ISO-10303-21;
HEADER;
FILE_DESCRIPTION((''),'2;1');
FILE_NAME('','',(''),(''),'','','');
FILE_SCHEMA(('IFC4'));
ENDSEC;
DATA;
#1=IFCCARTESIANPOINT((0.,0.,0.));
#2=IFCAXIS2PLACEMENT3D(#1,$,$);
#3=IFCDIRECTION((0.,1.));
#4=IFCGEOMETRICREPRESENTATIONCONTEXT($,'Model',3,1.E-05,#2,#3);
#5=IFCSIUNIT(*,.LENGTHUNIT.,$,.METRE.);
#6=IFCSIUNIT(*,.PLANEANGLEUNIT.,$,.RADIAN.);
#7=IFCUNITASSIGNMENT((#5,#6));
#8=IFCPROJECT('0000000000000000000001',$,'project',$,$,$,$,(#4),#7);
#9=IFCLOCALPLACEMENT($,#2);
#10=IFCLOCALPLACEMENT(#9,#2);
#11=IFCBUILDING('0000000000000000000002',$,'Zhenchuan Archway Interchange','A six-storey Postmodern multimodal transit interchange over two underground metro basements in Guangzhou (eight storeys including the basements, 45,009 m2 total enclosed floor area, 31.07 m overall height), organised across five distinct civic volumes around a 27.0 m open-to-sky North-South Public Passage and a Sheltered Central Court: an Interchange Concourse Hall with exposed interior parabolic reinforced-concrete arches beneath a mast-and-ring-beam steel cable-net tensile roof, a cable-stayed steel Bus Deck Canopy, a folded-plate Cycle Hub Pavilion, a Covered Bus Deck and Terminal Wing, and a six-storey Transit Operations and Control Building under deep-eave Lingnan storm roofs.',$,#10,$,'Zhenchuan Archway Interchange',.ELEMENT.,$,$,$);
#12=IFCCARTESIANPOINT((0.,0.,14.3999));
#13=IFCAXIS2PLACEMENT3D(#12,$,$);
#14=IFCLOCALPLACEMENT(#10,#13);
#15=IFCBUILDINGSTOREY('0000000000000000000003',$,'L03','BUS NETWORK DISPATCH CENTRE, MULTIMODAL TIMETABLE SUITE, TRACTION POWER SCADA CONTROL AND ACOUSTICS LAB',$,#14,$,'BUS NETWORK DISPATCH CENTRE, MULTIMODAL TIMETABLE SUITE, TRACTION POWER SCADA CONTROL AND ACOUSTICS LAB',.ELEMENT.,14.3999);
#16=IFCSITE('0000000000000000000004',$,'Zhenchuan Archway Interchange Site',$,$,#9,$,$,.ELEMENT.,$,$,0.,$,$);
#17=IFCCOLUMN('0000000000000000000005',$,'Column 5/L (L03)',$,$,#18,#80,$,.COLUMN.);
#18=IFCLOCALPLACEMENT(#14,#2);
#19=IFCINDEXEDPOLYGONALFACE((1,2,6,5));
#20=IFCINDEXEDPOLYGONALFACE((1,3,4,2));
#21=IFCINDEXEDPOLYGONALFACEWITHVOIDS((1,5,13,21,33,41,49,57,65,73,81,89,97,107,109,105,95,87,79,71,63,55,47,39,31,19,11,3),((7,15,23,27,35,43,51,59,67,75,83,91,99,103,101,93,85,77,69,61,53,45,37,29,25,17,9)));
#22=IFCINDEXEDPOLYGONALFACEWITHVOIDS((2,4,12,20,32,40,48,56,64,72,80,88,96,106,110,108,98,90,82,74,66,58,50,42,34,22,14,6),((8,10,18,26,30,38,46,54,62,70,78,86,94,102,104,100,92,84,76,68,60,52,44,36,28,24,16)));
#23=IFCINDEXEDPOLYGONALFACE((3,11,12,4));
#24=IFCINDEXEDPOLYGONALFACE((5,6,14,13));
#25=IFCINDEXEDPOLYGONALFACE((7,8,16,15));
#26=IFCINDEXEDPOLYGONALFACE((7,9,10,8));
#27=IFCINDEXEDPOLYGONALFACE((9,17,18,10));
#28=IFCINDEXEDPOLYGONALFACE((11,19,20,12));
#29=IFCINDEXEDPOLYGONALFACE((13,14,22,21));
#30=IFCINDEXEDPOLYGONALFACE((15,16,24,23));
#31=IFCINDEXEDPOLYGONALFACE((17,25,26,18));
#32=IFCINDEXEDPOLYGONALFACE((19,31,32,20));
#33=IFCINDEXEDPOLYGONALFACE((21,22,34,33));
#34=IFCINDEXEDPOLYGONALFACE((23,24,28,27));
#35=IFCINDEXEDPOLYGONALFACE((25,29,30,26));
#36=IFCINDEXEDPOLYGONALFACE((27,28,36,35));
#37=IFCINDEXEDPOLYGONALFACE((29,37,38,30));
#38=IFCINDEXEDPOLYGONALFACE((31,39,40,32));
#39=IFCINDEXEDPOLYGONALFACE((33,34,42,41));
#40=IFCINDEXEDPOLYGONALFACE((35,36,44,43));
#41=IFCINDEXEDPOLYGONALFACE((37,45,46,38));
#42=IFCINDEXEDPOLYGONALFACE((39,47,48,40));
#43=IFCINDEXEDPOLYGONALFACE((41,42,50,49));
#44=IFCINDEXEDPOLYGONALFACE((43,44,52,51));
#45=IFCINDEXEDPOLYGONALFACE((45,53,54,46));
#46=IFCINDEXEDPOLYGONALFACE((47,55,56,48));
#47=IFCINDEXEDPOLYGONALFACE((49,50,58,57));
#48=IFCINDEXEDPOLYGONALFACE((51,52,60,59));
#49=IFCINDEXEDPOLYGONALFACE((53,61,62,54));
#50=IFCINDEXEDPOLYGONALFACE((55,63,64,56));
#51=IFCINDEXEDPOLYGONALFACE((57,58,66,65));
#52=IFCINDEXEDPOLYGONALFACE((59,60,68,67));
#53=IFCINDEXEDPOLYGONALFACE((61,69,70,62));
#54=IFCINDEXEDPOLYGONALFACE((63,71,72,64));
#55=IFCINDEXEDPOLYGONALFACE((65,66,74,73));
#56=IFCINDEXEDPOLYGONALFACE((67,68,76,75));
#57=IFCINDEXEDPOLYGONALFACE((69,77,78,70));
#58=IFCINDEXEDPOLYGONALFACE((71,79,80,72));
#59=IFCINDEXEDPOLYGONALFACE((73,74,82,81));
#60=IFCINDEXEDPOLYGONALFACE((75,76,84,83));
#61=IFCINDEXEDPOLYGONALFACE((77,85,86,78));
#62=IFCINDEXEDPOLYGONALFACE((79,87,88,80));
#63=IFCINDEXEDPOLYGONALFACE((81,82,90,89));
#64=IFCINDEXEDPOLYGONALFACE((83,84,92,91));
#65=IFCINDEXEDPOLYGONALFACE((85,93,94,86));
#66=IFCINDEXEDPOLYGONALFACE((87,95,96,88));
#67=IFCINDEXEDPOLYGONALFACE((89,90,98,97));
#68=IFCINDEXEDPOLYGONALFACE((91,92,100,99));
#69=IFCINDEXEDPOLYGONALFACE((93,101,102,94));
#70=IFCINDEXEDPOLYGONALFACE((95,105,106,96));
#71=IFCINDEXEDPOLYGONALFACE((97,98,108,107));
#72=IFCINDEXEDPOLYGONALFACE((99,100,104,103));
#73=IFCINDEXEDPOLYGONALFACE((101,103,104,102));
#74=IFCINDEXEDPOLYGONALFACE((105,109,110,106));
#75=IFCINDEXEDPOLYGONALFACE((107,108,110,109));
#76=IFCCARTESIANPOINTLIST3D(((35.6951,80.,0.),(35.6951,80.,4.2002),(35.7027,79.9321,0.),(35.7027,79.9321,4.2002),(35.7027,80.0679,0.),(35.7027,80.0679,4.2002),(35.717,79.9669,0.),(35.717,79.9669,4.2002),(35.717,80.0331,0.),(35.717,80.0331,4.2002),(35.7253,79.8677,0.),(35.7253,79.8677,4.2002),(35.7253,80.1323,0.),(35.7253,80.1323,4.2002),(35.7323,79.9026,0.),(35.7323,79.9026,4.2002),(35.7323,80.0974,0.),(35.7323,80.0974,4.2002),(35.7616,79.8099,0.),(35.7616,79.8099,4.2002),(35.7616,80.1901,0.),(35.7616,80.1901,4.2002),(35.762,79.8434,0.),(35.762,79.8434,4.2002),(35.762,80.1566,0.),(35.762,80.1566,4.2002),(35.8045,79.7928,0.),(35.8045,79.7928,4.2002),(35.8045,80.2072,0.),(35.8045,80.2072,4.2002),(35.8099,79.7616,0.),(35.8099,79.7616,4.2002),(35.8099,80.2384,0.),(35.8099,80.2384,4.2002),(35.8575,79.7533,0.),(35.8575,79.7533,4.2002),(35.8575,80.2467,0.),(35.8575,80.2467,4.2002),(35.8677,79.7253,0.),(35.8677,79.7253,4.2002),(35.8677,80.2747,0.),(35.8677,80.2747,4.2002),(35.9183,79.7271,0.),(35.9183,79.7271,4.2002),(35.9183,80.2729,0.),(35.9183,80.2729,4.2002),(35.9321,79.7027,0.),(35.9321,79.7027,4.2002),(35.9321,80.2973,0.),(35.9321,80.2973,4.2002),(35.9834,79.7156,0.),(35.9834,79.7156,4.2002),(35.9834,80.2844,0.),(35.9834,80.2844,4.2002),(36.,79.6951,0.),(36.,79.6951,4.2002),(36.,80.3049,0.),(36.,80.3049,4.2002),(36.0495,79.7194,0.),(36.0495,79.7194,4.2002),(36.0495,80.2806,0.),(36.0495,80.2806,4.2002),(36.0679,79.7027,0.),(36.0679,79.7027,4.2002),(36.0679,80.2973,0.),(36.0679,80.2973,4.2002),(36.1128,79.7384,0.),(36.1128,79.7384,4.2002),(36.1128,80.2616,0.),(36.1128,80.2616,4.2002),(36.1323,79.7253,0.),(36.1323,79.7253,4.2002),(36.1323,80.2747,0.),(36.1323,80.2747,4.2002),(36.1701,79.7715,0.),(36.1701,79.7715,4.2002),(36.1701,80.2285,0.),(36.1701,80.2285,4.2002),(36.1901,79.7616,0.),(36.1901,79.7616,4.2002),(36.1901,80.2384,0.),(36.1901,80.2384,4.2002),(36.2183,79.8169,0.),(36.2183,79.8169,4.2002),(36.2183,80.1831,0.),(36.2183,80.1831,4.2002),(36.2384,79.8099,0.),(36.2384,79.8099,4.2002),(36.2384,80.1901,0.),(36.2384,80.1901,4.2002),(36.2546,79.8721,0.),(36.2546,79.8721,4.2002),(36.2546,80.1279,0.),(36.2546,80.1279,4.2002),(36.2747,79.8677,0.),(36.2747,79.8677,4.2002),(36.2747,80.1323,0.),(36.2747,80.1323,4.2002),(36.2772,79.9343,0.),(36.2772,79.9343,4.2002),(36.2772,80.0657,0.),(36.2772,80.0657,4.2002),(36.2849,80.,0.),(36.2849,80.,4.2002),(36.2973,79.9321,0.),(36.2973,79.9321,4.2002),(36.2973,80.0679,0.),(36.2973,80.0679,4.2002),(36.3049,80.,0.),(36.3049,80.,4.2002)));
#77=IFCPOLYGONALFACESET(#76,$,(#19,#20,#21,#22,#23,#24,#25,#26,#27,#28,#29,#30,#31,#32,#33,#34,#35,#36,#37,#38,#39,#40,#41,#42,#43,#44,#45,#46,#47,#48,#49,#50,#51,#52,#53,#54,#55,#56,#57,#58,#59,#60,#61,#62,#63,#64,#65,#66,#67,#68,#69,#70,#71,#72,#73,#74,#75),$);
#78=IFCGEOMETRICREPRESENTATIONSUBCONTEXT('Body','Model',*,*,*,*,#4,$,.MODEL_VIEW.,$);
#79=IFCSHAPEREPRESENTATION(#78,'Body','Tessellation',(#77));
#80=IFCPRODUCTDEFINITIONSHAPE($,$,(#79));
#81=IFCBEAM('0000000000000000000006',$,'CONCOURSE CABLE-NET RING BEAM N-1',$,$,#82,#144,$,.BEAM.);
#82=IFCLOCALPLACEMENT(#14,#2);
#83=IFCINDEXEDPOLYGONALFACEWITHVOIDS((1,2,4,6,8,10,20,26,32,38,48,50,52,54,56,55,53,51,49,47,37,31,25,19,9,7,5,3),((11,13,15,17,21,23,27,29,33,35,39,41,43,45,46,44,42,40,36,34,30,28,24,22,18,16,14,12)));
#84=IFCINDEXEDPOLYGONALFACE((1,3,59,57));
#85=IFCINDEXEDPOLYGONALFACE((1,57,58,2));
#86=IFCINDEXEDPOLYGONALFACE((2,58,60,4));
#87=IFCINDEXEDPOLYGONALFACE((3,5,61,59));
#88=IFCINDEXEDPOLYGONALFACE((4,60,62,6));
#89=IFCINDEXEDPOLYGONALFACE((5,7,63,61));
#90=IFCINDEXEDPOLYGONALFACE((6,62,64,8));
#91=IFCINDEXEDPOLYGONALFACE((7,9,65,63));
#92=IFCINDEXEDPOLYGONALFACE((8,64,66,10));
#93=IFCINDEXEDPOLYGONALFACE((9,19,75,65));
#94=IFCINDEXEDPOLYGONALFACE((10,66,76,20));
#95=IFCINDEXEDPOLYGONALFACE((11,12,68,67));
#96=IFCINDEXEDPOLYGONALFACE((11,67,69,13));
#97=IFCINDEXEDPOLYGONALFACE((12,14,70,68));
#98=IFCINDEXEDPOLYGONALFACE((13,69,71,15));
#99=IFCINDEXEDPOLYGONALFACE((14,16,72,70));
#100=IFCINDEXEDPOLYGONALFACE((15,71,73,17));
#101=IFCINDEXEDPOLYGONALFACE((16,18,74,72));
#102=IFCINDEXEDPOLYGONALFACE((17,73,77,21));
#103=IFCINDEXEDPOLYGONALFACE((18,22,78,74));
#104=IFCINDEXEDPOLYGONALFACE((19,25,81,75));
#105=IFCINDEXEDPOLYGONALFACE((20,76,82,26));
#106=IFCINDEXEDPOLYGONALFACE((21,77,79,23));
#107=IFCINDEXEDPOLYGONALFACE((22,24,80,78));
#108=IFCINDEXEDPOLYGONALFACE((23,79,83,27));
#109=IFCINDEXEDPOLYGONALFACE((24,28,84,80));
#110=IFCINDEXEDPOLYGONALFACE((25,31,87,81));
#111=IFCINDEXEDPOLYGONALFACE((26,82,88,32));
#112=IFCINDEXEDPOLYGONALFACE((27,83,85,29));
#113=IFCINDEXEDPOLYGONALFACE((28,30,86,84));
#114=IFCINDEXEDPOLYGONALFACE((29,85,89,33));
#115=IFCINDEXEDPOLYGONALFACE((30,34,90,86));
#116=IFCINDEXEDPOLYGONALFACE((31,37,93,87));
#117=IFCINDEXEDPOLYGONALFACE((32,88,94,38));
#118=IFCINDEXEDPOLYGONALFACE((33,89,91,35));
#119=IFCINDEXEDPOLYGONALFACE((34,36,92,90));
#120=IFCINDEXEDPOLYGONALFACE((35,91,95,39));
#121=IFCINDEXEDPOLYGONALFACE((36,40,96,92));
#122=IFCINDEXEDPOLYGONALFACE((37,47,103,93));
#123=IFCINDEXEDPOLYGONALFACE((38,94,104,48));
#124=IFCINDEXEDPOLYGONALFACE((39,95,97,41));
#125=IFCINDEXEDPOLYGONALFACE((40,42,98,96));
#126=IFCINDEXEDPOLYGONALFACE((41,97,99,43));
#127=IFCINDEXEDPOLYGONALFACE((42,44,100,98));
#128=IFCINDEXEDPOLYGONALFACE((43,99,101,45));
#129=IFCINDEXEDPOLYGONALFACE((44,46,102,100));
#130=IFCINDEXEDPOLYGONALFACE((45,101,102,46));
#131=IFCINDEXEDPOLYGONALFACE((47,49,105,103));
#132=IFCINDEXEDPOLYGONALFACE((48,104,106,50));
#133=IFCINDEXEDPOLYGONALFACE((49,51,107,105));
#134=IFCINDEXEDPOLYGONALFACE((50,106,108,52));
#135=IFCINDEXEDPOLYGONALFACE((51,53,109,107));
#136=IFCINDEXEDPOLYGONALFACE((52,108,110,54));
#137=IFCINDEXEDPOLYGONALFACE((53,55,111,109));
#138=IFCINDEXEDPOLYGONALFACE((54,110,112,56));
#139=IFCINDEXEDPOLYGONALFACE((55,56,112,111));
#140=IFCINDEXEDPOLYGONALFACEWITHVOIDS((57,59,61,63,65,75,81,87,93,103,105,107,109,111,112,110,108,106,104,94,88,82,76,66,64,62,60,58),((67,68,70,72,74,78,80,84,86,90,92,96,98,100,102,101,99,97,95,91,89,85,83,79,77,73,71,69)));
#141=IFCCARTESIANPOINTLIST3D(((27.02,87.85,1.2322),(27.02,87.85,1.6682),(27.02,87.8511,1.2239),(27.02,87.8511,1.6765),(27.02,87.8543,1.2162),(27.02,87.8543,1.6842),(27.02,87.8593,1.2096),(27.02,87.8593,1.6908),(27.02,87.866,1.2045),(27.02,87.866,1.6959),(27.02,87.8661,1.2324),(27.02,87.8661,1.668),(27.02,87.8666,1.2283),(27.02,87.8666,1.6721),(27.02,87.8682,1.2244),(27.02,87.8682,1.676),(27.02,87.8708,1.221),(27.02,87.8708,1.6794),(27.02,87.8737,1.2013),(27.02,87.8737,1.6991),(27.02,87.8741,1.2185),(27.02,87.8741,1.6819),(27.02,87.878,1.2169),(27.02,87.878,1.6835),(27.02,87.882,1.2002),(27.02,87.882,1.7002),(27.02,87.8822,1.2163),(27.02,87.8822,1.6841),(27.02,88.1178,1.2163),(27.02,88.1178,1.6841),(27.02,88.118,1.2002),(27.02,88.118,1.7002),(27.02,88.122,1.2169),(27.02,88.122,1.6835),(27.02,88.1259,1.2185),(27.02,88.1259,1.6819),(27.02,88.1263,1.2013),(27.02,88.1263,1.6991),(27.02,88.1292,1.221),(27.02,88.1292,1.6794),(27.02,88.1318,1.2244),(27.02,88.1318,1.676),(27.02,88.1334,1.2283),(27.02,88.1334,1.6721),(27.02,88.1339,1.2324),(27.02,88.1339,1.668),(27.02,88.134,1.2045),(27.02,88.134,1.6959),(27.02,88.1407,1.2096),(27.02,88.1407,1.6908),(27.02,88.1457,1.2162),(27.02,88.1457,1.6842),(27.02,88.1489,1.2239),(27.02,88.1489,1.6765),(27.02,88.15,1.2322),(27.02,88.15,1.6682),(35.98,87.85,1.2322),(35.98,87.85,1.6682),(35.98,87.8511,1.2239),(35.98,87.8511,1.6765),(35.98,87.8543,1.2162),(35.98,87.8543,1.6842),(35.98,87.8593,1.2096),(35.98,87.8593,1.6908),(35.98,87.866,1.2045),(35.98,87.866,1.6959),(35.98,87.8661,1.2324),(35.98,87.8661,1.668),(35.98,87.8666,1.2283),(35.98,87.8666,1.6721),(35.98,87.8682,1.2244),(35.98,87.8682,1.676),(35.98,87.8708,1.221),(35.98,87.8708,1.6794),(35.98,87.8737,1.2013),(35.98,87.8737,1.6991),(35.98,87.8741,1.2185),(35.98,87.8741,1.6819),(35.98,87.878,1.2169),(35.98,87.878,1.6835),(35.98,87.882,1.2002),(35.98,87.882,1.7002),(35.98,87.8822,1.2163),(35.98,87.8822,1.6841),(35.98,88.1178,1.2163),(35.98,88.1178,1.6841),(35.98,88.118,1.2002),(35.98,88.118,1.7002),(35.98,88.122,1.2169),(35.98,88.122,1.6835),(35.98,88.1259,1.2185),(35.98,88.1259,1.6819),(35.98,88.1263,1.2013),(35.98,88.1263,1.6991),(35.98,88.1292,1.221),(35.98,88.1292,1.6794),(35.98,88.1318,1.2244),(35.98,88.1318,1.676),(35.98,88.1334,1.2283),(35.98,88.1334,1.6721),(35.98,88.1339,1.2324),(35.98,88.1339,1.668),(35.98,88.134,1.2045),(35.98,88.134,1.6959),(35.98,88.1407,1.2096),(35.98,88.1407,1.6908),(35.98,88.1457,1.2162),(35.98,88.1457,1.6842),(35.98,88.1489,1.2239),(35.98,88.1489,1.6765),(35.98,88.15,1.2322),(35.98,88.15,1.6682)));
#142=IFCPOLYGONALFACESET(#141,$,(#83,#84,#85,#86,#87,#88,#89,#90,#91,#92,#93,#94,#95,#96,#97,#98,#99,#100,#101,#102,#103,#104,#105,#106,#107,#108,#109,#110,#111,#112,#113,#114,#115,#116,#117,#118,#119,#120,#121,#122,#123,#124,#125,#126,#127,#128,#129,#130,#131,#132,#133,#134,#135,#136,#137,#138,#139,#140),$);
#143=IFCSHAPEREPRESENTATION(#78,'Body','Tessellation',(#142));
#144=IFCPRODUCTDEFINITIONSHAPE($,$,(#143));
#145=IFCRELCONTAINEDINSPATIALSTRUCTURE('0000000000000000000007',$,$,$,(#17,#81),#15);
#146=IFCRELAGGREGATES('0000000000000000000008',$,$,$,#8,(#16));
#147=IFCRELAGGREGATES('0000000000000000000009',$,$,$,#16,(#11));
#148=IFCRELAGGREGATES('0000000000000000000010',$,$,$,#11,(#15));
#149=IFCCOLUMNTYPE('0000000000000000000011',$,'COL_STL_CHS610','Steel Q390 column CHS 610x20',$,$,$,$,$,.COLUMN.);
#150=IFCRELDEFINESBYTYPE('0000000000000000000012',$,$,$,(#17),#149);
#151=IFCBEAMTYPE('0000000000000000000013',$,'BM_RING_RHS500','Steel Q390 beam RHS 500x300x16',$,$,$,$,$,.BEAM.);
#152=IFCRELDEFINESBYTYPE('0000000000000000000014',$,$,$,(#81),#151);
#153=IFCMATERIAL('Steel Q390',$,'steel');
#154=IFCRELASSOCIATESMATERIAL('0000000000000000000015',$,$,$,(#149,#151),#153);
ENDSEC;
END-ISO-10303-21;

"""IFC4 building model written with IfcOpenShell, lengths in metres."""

from ifc_helpers import new_model, si_unit, direction, frame, origin, origin_2d, place, context, subcontext, project, spatial, hollow_rectangle, hollow_circle, extrude, material, material_profile, profile_set, type_object, element, save


model = new_model("IFC4")

# Units and contexts
model_context = context("Model", 3, precision=1e-05, world=origin(), true_north=direction((0.0, 1.0)))
body_context = subcontext(model_context, "Body", "Model", "MODEL_VIEW")
ifc_project = project(units=[si_unit("LENGTHUNIT", "METRE"), si_unit("PLANEANGLEUNIT", "RADIAN")], contexts=[model_context])

# Site, building, storey
site_placement = place(None, origin())
site = spatial("IfcSite", under=ifc_project, at=site_placement, Name="Zhenchuan Archway Interchange Site", CompositionType="ELEMENT", RefElevation=0.0)
building_placement = place(site_placement, origin())
building = spatial("IfcBuilding", under=site, at=building_placement, Name="Zhenchuan Archway Interchange", Description="A six-storey Postmodern multimodal transit interchange over two underground metro basements in Guangzhou (eight storeys including the basements, 45,009 m2 total enclosed floor area, 31.07 m overall height), organised across five distinct civic volumes around a 27.0 m open-to-sky North-South Public Passage and a Sheltered Central Court: an Interchange Concourse Hall with exposed interior parabolic reinforced-concrete arches beneath a mast-and-ring-beam steel cable-net tensile roof, a cable-stayed steel Bus Deck Canopy, a folded-plate Cycle Hub Pavilion, a Covered Bus Deck and Terminal Wing, and a six-storey Transit Operations and Control Building under deep-eave Lingnan storm roofs.", LongName="Zhenchuan Archway Interchange", CompositionType="ELEMENT")
storey_placement = place(building_placement, frame((0.0, 0.0, 14.3999)))
storey = spatial("IfcBuildingStorey", under=building, at=storey_placement, Name="L03", Description="BUS NETWORK DISPATCH CENTRE, MULTIMODAL TIMETABLE SUITE, TRACTION POWER SCADA CONTROL AND ACOUSTICS LAB", LongName="BUS NETWORK DISPATCH CENTRE, MULTIMODAL TIMETABLE SUITE, TRACTION POWER SCADA CONTROL AND ACOUSTICS LAB", CompositionType="ELEMENT", Elevation=14.3999)

# Column
ifc_material_1 = material(Name="Steel Q390", Category="steel")
ifc_material_profile_1 = material_profile(ifc_material_1, hollow_circle(Radius=0.3049, WallThickness=0.02, at=origin_2d()), Name="CHS 610x20")
ifc_profile_set_1 = profile_set([ifc_material_profile_1], Name="Steel Q390")
column_type = type_object("IfcColumnType", Name="COL_STL_CHS610", Description="Steel Q390 column CHS 610x20", PredefinedType="COLUMN", material=ifc_profile_set_1)
column_placement = place(storey_placement, frame((36.0, 80.0, 0.0), z_axis=(0.0, 0.0, 1.0), x_axis=(1.0, 0.0, 0.0)))
element("IfcColumn", 1, at=column_placement, inside=storey, type_object=column_type, Name="Column 5/L (L03)", PredefinedType="COLUMN", context=body_context, shape_type="SweptSolid", body=[
    extrude(hollow_circle(Radius=0.3049, WallThickness=0.02, at=origin_2d()), origin(), (0.0, 0.0, 1.0), 4.2002),
])

# Beam
ifc_material_profile_2 = material_profile(ifc_material_1, hollow_rectangle(XDim=0.3, YDim=0.5, WallThickness=0.0161, InnerFilletRadius=0.0161, OuterFilletRadius=0.032, at=origin_2d()), Name="RHS 500x300x16")
ifc_profile_set_2 = profile_set([ifc_material_profile_2], Name="Steel Q390")
beam_type = type_object("IfcBeamType", Name="BM_RING_RHS500", Description="Steel Q390 beam RHS 500x300x16", PredefinedType="BEAM", material=ifc_profile_set_2)
beam_placement = place(storey_placement, frame((27.02, 88.0, 1.4502), z_axis=(1.0, 0.0, 0.0), x_axis=(0.0, 1.0, 0.0)))
element("IfcBeam", 2, at=beam_placement, inside=storey, type_object=beam_type, Name="CONCOURSE CABLE-NET RING BEAM N-1", PredefinedType="BEAM", context=body_context, shape_type="SweptSolid", body=[
    extrude(hollow_rectangle(XDim=0.3, YDim=0.5, WallThickness=0.0161, InnerFilletRadius=0.0161, OuterFilletRadius=0.032, at=origin_2d()), origin(), (0.0, 0.0, 1.0), 8.96),
])

save(model, "model.ifc")
